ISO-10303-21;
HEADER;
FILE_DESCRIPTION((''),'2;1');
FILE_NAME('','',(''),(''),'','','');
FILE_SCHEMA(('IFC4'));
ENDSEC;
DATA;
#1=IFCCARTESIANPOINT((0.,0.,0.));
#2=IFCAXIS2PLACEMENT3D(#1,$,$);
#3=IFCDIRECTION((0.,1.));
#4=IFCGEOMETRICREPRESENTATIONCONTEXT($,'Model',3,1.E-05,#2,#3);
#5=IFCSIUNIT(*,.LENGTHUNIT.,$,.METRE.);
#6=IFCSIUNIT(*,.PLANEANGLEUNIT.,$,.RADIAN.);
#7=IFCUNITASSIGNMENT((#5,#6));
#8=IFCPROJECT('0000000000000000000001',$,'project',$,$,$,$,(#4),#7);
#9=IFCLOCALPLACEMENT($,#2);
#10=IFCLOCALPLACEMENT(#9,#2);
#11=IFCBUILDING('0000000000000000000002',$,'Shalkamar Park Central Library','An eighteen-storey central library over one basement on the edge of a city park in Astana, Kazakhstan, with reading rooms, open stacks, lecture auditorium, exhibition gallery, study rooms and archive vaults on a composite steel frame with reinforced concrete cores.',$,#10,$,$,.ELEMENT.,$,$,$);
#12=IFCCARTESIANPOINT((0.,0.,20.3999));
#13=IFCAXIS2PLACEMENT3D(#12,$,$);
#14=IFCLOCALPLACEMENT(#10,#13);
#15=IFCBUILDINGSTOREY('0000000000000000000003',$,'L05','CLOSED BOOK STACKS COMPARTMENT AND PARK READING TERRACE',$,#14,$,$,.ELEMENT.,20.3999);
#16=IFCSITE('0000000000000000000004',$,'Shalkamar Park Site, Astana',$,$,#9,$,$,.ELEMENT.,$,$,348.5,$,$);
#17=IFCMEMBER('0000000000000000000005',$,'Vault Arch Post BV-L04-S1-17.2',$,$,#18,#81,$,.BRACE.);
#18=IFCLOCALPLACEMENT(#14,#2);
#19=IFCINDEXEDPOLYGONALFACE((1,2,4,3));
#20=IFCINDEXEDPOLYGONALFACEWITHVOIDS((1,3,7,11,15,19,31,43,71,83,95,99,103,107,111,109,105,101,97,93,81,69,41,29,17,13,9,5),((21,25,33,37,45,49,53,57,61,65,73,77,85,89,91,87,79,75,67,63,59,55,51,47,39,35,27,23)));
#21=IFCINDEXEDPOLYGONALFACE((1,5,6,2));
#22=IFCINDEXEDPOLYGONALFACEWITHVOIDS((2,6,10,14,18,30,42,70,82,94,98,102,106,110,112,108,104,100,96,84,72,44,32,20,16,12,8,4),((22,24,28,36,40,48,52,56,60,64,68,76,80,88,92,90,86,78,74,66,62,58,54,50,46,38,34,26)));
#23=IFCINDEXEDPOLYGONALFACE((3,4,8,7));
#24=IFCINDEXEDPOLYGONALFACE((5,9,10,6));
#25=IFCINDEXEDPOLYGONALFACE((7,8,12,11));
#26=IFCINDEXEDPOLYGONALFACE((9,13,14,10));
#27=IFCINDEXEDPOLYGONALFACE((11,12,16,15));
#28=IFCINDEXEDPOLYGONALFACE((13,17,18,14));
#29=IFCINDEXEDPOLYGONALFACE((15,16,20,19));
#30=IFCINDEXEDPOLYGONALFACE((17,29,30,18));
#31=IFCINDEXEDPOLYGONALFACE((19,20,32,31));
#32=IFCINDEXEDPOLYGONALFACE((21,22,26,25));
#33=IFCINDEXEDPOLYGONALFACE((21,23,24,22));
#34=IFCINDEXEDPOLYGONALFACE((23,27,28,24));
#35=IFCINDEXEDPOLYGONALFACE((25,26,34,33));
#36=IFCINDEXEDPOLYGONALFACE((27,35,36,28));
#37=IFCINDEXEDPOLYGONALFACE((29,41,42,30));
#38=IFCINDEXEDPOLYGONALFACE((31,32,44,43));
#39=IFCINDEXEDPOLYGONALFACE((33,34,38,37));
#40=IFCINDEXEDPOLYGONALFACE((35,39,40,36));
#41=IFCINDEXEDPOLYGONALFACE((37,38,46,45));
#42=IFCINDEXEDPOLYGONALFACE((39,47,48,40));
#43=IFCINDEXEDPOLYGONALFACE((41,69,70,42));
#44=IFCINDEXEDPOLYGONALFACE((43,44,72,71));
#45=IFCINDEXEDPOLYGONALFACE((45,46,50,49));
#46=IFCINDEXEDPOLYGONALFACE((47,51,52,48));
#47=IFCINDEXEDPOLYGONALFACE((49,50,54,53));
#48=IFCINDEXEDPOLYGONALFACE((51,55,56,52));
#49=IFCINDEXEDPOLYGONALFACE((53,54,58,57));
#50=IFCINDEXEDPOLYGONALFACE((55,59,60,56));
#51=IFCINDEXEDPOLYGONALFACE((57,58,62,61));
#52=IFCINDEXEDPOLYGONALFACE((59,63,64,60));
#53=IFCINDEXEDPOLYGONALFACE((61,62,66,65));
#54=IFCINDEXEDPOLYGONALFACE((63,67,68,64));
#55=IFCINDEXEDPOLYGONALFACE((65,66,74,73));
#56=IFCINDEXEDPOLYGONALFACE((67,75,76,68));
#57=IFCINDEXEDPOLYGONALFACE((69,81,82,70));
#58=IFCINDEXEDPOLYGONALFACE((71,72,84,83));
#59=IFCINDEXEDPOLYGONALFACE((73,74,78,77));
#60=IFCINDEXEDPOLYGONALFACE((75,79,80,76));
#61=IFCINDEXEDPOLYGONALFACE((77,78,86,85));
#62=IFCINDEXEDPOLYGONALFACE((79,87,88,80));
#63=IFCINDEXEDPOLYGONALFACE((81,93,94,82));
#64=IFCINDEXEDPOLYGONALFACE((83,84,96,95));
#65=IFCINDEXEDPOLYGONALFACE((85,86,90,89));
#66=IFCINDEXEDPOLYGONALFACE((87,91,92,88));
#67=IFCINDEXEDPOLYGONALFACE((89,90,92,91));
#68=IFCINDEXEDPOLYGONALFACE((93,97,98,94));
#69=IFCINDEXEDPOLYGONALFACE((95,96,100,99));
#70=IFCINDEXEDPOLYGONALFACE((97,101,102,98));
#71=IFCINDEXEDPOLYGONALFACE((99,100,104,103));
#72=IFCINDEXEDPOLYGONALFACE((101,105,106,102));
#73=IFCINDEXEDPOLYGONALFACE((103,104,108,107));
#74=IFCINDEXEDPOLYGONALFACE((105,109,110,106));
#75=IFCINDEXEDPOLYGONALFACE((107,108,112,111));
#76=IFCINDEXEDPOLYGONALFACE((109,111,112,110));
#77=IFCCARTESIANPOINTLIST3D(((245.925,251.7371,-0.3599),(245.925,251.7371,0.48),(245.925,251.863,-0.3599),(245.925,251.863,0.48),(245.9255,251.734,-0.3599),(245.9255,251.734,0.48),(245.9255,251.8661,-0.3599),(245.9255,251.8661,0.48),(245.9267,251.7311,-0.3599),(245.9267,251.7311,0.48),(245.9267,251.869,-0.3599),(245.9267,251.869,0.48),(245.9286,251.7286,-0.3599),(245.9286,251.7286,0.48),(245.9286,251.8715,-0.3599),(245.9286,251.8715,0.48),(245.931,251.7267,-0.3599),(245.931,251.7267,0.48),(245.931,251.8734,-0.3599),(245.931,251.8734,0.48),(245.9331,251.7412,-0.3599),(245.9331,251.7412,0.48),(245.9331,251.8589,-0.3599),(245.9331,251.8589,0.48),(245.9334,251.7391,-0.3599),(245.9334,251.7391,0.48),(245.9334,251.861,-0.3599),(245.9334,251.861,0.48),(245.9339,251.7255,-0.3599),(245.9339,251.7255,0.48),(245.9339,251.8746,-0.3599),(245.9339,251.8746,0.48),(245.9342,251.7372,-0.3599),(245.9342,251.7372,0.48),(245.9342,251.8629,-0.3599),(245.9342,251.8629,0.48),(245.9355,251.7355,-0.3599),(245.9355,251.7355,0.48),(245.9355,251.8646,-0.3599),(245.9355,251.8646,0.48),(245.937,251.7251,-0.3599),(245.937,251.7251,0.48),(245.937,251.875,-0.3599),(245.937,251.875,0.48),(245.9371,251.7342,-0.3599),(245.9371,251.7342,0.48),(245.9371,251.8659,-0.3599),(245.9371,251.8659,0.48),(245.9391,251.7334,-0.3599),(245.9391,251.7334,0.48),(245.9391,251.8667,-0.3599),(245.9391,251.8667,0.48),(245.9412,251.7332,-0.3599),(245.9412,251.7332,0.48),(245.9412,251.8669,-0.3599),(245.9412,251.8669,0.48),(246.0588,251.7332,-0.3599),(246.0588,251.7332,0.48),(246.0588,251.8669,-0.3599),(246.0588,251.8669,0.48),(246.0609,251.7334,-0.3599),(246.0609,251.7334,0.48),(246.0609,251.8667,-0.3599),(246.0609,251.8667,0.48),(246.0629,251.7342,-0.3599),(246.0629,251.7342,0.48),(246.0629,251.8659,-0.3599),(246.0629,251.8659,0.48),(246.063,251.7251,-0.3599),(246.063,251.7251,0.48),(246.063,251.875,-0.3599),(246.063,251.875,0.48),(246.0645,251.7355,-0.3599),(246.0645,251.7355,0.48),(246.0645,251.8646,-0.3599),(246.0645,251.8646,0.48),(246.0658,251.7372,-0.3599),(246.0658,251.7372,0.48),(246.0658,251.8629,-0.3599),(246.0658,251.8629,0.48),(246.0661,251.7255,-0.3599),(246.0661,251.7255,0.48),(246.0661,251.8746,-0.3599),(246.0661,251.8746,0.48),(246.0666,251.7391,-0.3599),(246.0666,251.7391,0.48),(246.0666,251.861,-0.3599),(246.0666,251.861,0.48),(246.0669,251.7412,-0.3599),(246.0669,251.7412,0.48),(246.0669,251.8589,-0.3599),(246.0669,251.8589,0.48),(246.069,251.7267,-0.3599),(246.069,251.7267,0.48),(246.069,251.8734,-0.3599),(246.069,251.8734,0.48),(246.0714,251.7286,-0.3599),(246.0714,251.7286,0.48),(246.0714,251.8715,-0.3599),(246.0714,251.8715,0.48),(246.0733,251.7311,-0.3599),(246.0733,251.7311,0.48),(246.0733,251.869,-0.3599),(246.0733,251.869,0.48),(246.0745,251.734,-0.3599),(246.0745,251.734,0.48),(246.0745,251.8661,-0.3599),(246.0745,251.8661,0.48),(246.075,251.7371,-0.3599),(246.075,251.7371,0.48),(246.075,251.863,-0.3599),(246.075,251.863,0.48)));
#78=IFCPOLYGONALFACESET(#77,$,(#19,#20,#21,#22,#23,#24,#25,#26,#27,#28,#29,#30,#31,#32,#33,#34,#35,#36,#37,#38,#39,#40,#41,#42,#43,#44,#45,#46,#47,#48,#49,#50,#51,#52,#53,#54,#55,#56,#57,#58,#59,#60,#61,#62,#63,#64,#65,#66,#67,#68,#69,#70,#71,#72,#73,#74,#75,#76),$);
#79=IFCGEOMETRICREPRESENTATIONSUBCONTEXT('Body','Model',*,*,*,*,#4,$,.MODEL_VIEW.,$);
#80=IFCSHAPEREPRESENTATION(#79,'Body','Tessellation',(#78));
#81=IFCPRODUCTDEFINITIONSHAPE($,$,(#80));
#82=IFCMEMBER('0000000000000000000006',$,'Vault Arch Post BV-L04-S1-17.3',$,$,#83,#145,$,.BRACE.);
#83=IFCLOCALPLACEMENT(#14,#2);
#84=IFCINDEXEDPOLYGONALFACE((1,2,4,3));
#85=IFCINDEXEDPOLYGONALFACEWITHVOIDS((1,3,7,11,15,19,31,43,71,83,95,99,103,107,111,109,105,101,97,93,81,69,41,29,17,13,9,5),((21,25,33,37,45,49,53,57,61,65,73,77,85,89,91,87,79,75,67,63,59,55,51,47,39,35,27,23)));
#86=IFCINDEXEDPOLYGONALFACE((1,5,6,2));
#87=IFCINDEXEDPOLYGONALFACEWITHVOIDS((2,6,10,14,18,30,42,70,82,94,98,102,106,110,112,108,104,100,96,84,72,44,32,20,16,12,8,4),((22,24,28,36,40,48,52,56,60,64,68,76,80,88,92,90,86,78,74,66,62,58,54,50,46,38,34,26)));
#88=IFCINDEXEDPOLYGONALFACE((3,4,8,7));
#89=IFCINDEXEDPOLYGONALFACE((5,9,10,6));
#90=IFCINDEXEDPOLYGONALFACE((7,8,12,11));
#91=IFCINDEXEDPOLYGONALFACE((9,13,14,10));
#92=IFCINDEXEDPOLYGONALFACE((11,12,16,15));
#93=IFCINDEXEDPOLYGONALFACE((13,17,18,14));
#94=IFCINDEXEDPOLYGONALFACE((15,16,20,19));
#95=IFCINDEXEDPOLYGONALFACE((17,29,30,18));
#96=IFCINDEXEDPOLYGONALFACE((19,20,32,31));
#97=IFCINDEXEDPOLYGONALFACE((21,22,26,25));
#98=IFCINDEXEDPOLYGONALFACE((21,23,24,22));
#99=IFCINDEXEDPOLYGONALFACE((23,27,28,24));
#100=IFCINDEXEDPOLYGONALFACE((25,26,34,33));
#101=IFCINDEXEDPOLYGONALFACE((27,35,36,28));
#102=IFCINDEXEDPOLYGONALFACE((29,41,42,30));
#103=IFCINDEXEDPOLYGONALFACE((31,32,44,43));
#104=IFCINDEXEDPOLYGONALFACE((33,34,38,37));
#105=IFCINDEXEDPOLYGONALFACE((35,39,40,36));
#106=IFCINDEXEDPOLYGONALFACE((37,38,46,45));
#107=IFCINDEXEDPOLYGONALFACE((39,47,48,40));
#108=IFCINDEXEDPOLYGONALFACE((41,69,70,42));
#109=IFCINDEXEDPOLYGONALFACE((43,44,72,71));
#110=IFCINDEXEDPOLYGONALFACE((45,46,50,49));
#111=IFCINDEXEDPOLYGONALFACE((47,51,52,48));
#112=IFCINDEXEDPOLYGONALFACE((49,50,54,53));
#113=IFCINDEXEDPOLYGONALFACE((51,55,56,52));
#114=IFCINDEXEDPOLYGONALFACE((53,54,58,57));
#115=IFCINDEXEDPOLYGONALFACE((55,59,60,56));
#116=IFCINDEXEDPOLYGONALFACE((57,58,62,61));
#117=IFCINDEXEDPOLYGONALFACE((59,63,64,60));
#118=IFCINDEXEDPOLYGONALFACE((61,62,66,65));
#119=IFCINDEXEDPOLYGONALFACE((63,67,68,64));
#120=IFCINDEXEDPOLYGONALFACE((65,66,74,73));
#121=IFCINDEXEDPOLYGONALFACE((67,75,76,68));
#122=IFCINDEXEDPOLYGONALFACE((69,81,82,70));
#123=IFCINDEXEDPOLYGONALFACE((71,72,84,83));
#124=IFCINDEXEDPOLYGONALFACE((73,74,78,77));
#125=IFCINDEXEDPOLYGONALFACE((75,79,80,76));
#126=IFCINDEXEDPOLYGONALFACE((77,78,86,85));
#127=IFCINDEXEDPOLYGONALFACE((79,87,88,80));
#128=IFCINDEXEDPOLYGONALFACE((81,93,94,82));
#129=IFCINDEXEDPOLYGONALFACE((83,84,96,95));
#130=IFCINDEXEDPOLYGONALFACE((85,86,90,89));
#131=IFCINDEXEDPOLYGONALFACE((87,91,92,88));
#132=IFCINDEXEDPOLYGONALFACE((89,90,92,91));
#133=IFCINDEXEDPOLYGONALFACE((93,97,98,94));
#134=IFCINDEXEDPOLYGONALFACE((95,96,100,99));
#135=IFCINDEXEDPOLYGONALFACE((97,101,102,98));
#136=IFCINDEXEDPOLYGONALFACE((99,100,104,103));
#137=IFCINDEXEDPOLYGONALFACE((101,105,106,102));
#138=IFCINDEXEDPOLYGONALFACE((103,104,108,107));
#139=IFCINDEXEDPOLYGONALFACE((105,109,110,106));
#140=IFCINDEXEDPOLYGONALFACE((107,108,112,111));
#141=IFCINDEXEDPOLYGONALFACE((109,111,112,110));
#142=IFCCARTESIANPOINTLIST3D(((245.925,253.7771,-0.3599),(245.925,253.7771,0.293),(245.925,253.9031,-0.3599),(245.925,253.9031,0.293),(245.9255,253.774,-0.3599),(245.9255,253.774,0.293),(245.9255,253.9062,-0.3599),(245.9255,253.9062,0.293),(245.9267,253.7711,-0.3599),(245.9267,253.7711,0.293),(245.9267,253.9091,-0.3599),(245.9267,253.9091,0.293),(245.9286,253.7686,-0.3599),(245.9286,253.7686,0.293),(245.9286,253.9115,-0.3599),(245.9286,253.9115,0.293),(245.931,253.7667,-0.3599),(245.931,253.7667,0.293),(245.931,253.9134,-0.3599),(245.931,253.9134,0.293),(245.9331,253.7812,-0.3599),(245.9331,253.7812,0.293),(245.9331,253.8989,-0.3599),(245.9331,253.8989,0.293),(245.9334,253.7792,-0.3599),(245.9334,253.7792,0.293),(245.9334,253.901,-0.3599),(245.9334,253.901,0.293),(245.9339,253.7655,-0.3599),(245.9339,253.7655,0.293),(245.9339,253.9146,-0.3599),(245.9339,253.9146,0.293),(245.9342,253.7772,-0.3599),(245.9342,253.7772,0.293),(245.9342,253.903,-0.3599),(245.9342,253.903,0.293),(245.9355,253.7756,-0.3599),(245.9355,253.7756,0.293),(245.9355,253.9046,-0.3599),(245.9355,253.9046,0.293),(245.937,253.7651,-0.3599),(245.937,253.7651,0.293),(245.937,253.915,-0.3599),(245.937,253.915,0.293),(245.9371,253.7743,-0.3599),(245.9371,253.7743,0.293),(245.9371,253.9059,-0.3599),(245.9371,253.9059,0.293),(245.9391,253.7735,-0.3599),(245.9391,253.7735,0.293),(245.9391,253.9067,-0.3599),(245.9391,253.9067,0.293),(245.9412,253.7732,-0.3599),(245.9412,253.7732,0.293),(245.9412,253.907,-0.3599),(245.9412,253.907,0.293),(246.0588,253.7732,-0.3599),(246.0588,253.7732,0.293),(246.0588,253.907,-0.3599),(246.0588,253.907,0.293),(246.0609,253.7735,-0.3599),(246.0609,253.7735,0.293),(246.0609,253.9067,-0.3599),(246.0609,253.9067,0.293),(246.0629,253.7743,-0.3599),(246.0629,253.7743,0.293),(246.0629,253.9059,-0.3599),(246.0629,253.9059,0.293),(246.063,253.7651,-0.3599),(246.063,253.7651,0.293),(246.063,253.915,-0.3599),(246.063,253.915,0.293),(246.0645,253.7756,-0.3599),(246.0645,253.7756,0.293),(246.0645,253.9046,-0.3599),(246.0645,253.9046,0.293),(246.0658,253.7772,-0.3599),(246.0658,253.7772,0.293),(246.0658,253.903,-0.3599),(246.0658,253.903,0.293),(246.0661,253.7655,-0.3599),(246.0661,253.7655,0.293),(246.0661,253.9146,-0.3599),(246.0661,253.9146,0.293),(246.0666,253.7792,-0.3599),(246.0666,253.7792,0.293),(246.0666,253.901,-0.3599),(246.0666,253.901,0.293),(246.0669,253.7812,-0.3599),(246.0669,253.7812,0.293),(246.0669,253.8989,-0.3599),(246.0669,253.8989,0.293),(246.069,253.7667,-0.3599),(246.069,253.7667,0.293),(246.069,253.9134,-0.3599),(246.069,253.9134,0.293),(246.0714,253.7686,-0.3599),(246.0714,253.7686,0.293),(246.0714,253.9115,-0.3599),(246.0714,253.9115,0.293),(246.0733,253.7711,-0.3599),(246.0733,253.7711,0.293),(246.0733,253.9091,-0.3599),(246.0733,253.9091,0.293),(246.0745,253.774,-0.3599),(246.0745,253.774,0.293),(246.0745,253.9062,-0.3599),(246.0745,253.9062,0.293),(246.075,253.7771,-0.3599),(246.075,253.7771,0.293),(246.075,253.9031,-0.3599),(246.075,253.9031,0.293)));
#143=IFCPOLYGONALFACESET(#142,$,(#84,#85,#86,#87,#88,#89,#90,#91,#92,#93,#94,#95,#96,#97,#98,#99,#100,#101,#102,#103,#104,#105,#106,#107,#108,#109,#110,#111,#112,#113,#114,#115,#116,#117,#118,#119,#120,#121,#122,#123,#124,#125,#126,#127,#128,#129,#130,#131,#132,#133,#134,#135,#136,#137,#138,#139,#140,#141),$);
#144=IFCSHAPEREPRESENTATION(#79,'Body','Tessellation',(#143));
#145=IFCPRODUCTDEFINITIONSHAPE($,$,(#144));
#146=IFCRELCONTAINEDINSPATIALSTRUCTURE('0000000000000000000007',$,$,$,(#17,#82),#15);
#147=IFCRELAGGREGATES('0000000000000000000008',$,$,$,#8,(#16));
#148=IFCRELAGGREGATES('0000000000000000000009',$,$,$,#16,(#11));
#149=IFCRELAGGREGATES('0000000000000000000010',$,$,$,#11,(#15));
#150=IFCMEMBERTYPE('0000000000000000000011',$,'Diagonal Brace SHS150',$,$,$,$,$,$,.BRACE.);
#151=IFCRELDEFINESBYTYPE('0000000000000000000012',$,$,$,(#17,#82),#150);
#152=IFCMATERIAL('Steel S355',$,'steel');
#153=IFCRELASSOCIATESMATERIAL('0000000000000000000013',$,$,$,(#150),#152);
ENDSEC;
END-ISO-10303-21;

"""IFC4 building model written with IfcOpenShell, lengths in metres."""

from ifc_helpers import new_model, si_unit, direction, frame, origin, origin_2d, place, context, subcontext, project, spatial, hollow_rectangle, extrude, material, material_profile, profile_set, type_object, element, save


model = new_model("IFC4")

# Units and contexts
model_context = context("Model", 3, precision=1e-05, world=origin(), true_north=direction((0.0, 1.0)))
body_context = subcontext(model_context, "Body", "Model", "MODEL_VIEW")
ifc_project = project(units=[si_unit("LENGTHUNIT", "METRE"), si_unit("PLANEANGLEUNIT", "RADIAN")], contexts=[model_context])

# Site, building, storey
site_placement = place(None, origin())
site = spatial("IfcSite", under=ifc_project, at=site_placement, Name="Shalkamar Park Site, Astana", CompositionType="ELEMENT", RefElevation=348.5)
building_placement = place(site_placement, origin())
building = spatial("IfcBuilding", under=site, at=building_placement, Name="Shalkamar Park Central Library", Description="An eighteen-storey central library over one basement on the edge of a city park in Astana, Kazakhstan, with reading rooms, open stacks, lecture auditorium, exhibition gallery, study rooms and archive vaults on a composite steel frame with reinforced concrete cores.", CompositionType="ELEMENT")
storey_placement = place(building_placement, frame((0.0, 0.0, 20.3999)))
storey = spatial("IfcBuildingStorey", under=building, at=storey_placement, Name="L05", Description="CLOSED BOOK STACKS COMPARTMENT AND PARK READING TERRACE", CompositionType="ELEMENT", Elevation=20.3999)

# Members
ifc_material = material(Name="Steel S355", Category="steel")
ifc_material_profile_1 = material_profile(ifc_material, hollow_rectangle(XDim=0.1499, YDim=0.1499, WallThickness=0.0081, InnerFilletRadius=0.0081, OuterFilletRadius=0.012, at=origin_2d()), Name="SHS 150x150x8")
ifc_profile_set_1 = profile_set([ifc_material_profile_1], Name="Steel S355")
member_type_1 = type_object("IfcMemberType", Name="Diagonal Brace SHS150", PredefinedType="BRACE", material=ifc_profile_set_1)
member_1_placement = place(storey_placement, frame((246.0, 251.8, -0.3599), z_axis=(0.0, 0.0, 1.0), x_axis=(1.0, 0.0, 0.0)))
element("IfcMember", 1, at=member_1_placement, inside=storey, type_object=member_type_1, Name="Vault Arch Post BV-L04-S1-17.2", PredefinedType="BRACE", context=body_context, shape_type="SweptSolid", body=[
    extrude(hollow_rectangle(XDim=0.1499, YDim=0.1499, WallThickness=0.0081, InnerFilletRadius=0.0081, OuterFilletRadius=0.012, at=origin_2d()), origin(), (0.0, 0.0, 1.0), 0.8398),
])
for number, where, z_axis, x_axis, name in (
    (2, (246.0, 253.8401, -0.3599), (0.0, 0.0, 1.0), (1.0, 0.0, 0.0), "Vault Arch Post BV-L04-S1-17.3"),
):
    element("IfcMember", number, at=place(storey_placement, frame(where, z_axis=z_axis, x_axis=x_axis)), inside=storey, type_object=member_type_1, Name=name, PredefinedType="BRACE", context=body_context, shape_type="SweptSolid", body=[
        extrude(hollow_rectangle(XDim=0.1499, YDim=0.1499, WallThickness=0.0081, InnerFilletRadius=0.0081, OuterFilletRadius=0.012, at=origin_2d()), origin(), (0.0, 0.0, 1.0), 0.6528),
    ])

save(model, "model.ifc")
